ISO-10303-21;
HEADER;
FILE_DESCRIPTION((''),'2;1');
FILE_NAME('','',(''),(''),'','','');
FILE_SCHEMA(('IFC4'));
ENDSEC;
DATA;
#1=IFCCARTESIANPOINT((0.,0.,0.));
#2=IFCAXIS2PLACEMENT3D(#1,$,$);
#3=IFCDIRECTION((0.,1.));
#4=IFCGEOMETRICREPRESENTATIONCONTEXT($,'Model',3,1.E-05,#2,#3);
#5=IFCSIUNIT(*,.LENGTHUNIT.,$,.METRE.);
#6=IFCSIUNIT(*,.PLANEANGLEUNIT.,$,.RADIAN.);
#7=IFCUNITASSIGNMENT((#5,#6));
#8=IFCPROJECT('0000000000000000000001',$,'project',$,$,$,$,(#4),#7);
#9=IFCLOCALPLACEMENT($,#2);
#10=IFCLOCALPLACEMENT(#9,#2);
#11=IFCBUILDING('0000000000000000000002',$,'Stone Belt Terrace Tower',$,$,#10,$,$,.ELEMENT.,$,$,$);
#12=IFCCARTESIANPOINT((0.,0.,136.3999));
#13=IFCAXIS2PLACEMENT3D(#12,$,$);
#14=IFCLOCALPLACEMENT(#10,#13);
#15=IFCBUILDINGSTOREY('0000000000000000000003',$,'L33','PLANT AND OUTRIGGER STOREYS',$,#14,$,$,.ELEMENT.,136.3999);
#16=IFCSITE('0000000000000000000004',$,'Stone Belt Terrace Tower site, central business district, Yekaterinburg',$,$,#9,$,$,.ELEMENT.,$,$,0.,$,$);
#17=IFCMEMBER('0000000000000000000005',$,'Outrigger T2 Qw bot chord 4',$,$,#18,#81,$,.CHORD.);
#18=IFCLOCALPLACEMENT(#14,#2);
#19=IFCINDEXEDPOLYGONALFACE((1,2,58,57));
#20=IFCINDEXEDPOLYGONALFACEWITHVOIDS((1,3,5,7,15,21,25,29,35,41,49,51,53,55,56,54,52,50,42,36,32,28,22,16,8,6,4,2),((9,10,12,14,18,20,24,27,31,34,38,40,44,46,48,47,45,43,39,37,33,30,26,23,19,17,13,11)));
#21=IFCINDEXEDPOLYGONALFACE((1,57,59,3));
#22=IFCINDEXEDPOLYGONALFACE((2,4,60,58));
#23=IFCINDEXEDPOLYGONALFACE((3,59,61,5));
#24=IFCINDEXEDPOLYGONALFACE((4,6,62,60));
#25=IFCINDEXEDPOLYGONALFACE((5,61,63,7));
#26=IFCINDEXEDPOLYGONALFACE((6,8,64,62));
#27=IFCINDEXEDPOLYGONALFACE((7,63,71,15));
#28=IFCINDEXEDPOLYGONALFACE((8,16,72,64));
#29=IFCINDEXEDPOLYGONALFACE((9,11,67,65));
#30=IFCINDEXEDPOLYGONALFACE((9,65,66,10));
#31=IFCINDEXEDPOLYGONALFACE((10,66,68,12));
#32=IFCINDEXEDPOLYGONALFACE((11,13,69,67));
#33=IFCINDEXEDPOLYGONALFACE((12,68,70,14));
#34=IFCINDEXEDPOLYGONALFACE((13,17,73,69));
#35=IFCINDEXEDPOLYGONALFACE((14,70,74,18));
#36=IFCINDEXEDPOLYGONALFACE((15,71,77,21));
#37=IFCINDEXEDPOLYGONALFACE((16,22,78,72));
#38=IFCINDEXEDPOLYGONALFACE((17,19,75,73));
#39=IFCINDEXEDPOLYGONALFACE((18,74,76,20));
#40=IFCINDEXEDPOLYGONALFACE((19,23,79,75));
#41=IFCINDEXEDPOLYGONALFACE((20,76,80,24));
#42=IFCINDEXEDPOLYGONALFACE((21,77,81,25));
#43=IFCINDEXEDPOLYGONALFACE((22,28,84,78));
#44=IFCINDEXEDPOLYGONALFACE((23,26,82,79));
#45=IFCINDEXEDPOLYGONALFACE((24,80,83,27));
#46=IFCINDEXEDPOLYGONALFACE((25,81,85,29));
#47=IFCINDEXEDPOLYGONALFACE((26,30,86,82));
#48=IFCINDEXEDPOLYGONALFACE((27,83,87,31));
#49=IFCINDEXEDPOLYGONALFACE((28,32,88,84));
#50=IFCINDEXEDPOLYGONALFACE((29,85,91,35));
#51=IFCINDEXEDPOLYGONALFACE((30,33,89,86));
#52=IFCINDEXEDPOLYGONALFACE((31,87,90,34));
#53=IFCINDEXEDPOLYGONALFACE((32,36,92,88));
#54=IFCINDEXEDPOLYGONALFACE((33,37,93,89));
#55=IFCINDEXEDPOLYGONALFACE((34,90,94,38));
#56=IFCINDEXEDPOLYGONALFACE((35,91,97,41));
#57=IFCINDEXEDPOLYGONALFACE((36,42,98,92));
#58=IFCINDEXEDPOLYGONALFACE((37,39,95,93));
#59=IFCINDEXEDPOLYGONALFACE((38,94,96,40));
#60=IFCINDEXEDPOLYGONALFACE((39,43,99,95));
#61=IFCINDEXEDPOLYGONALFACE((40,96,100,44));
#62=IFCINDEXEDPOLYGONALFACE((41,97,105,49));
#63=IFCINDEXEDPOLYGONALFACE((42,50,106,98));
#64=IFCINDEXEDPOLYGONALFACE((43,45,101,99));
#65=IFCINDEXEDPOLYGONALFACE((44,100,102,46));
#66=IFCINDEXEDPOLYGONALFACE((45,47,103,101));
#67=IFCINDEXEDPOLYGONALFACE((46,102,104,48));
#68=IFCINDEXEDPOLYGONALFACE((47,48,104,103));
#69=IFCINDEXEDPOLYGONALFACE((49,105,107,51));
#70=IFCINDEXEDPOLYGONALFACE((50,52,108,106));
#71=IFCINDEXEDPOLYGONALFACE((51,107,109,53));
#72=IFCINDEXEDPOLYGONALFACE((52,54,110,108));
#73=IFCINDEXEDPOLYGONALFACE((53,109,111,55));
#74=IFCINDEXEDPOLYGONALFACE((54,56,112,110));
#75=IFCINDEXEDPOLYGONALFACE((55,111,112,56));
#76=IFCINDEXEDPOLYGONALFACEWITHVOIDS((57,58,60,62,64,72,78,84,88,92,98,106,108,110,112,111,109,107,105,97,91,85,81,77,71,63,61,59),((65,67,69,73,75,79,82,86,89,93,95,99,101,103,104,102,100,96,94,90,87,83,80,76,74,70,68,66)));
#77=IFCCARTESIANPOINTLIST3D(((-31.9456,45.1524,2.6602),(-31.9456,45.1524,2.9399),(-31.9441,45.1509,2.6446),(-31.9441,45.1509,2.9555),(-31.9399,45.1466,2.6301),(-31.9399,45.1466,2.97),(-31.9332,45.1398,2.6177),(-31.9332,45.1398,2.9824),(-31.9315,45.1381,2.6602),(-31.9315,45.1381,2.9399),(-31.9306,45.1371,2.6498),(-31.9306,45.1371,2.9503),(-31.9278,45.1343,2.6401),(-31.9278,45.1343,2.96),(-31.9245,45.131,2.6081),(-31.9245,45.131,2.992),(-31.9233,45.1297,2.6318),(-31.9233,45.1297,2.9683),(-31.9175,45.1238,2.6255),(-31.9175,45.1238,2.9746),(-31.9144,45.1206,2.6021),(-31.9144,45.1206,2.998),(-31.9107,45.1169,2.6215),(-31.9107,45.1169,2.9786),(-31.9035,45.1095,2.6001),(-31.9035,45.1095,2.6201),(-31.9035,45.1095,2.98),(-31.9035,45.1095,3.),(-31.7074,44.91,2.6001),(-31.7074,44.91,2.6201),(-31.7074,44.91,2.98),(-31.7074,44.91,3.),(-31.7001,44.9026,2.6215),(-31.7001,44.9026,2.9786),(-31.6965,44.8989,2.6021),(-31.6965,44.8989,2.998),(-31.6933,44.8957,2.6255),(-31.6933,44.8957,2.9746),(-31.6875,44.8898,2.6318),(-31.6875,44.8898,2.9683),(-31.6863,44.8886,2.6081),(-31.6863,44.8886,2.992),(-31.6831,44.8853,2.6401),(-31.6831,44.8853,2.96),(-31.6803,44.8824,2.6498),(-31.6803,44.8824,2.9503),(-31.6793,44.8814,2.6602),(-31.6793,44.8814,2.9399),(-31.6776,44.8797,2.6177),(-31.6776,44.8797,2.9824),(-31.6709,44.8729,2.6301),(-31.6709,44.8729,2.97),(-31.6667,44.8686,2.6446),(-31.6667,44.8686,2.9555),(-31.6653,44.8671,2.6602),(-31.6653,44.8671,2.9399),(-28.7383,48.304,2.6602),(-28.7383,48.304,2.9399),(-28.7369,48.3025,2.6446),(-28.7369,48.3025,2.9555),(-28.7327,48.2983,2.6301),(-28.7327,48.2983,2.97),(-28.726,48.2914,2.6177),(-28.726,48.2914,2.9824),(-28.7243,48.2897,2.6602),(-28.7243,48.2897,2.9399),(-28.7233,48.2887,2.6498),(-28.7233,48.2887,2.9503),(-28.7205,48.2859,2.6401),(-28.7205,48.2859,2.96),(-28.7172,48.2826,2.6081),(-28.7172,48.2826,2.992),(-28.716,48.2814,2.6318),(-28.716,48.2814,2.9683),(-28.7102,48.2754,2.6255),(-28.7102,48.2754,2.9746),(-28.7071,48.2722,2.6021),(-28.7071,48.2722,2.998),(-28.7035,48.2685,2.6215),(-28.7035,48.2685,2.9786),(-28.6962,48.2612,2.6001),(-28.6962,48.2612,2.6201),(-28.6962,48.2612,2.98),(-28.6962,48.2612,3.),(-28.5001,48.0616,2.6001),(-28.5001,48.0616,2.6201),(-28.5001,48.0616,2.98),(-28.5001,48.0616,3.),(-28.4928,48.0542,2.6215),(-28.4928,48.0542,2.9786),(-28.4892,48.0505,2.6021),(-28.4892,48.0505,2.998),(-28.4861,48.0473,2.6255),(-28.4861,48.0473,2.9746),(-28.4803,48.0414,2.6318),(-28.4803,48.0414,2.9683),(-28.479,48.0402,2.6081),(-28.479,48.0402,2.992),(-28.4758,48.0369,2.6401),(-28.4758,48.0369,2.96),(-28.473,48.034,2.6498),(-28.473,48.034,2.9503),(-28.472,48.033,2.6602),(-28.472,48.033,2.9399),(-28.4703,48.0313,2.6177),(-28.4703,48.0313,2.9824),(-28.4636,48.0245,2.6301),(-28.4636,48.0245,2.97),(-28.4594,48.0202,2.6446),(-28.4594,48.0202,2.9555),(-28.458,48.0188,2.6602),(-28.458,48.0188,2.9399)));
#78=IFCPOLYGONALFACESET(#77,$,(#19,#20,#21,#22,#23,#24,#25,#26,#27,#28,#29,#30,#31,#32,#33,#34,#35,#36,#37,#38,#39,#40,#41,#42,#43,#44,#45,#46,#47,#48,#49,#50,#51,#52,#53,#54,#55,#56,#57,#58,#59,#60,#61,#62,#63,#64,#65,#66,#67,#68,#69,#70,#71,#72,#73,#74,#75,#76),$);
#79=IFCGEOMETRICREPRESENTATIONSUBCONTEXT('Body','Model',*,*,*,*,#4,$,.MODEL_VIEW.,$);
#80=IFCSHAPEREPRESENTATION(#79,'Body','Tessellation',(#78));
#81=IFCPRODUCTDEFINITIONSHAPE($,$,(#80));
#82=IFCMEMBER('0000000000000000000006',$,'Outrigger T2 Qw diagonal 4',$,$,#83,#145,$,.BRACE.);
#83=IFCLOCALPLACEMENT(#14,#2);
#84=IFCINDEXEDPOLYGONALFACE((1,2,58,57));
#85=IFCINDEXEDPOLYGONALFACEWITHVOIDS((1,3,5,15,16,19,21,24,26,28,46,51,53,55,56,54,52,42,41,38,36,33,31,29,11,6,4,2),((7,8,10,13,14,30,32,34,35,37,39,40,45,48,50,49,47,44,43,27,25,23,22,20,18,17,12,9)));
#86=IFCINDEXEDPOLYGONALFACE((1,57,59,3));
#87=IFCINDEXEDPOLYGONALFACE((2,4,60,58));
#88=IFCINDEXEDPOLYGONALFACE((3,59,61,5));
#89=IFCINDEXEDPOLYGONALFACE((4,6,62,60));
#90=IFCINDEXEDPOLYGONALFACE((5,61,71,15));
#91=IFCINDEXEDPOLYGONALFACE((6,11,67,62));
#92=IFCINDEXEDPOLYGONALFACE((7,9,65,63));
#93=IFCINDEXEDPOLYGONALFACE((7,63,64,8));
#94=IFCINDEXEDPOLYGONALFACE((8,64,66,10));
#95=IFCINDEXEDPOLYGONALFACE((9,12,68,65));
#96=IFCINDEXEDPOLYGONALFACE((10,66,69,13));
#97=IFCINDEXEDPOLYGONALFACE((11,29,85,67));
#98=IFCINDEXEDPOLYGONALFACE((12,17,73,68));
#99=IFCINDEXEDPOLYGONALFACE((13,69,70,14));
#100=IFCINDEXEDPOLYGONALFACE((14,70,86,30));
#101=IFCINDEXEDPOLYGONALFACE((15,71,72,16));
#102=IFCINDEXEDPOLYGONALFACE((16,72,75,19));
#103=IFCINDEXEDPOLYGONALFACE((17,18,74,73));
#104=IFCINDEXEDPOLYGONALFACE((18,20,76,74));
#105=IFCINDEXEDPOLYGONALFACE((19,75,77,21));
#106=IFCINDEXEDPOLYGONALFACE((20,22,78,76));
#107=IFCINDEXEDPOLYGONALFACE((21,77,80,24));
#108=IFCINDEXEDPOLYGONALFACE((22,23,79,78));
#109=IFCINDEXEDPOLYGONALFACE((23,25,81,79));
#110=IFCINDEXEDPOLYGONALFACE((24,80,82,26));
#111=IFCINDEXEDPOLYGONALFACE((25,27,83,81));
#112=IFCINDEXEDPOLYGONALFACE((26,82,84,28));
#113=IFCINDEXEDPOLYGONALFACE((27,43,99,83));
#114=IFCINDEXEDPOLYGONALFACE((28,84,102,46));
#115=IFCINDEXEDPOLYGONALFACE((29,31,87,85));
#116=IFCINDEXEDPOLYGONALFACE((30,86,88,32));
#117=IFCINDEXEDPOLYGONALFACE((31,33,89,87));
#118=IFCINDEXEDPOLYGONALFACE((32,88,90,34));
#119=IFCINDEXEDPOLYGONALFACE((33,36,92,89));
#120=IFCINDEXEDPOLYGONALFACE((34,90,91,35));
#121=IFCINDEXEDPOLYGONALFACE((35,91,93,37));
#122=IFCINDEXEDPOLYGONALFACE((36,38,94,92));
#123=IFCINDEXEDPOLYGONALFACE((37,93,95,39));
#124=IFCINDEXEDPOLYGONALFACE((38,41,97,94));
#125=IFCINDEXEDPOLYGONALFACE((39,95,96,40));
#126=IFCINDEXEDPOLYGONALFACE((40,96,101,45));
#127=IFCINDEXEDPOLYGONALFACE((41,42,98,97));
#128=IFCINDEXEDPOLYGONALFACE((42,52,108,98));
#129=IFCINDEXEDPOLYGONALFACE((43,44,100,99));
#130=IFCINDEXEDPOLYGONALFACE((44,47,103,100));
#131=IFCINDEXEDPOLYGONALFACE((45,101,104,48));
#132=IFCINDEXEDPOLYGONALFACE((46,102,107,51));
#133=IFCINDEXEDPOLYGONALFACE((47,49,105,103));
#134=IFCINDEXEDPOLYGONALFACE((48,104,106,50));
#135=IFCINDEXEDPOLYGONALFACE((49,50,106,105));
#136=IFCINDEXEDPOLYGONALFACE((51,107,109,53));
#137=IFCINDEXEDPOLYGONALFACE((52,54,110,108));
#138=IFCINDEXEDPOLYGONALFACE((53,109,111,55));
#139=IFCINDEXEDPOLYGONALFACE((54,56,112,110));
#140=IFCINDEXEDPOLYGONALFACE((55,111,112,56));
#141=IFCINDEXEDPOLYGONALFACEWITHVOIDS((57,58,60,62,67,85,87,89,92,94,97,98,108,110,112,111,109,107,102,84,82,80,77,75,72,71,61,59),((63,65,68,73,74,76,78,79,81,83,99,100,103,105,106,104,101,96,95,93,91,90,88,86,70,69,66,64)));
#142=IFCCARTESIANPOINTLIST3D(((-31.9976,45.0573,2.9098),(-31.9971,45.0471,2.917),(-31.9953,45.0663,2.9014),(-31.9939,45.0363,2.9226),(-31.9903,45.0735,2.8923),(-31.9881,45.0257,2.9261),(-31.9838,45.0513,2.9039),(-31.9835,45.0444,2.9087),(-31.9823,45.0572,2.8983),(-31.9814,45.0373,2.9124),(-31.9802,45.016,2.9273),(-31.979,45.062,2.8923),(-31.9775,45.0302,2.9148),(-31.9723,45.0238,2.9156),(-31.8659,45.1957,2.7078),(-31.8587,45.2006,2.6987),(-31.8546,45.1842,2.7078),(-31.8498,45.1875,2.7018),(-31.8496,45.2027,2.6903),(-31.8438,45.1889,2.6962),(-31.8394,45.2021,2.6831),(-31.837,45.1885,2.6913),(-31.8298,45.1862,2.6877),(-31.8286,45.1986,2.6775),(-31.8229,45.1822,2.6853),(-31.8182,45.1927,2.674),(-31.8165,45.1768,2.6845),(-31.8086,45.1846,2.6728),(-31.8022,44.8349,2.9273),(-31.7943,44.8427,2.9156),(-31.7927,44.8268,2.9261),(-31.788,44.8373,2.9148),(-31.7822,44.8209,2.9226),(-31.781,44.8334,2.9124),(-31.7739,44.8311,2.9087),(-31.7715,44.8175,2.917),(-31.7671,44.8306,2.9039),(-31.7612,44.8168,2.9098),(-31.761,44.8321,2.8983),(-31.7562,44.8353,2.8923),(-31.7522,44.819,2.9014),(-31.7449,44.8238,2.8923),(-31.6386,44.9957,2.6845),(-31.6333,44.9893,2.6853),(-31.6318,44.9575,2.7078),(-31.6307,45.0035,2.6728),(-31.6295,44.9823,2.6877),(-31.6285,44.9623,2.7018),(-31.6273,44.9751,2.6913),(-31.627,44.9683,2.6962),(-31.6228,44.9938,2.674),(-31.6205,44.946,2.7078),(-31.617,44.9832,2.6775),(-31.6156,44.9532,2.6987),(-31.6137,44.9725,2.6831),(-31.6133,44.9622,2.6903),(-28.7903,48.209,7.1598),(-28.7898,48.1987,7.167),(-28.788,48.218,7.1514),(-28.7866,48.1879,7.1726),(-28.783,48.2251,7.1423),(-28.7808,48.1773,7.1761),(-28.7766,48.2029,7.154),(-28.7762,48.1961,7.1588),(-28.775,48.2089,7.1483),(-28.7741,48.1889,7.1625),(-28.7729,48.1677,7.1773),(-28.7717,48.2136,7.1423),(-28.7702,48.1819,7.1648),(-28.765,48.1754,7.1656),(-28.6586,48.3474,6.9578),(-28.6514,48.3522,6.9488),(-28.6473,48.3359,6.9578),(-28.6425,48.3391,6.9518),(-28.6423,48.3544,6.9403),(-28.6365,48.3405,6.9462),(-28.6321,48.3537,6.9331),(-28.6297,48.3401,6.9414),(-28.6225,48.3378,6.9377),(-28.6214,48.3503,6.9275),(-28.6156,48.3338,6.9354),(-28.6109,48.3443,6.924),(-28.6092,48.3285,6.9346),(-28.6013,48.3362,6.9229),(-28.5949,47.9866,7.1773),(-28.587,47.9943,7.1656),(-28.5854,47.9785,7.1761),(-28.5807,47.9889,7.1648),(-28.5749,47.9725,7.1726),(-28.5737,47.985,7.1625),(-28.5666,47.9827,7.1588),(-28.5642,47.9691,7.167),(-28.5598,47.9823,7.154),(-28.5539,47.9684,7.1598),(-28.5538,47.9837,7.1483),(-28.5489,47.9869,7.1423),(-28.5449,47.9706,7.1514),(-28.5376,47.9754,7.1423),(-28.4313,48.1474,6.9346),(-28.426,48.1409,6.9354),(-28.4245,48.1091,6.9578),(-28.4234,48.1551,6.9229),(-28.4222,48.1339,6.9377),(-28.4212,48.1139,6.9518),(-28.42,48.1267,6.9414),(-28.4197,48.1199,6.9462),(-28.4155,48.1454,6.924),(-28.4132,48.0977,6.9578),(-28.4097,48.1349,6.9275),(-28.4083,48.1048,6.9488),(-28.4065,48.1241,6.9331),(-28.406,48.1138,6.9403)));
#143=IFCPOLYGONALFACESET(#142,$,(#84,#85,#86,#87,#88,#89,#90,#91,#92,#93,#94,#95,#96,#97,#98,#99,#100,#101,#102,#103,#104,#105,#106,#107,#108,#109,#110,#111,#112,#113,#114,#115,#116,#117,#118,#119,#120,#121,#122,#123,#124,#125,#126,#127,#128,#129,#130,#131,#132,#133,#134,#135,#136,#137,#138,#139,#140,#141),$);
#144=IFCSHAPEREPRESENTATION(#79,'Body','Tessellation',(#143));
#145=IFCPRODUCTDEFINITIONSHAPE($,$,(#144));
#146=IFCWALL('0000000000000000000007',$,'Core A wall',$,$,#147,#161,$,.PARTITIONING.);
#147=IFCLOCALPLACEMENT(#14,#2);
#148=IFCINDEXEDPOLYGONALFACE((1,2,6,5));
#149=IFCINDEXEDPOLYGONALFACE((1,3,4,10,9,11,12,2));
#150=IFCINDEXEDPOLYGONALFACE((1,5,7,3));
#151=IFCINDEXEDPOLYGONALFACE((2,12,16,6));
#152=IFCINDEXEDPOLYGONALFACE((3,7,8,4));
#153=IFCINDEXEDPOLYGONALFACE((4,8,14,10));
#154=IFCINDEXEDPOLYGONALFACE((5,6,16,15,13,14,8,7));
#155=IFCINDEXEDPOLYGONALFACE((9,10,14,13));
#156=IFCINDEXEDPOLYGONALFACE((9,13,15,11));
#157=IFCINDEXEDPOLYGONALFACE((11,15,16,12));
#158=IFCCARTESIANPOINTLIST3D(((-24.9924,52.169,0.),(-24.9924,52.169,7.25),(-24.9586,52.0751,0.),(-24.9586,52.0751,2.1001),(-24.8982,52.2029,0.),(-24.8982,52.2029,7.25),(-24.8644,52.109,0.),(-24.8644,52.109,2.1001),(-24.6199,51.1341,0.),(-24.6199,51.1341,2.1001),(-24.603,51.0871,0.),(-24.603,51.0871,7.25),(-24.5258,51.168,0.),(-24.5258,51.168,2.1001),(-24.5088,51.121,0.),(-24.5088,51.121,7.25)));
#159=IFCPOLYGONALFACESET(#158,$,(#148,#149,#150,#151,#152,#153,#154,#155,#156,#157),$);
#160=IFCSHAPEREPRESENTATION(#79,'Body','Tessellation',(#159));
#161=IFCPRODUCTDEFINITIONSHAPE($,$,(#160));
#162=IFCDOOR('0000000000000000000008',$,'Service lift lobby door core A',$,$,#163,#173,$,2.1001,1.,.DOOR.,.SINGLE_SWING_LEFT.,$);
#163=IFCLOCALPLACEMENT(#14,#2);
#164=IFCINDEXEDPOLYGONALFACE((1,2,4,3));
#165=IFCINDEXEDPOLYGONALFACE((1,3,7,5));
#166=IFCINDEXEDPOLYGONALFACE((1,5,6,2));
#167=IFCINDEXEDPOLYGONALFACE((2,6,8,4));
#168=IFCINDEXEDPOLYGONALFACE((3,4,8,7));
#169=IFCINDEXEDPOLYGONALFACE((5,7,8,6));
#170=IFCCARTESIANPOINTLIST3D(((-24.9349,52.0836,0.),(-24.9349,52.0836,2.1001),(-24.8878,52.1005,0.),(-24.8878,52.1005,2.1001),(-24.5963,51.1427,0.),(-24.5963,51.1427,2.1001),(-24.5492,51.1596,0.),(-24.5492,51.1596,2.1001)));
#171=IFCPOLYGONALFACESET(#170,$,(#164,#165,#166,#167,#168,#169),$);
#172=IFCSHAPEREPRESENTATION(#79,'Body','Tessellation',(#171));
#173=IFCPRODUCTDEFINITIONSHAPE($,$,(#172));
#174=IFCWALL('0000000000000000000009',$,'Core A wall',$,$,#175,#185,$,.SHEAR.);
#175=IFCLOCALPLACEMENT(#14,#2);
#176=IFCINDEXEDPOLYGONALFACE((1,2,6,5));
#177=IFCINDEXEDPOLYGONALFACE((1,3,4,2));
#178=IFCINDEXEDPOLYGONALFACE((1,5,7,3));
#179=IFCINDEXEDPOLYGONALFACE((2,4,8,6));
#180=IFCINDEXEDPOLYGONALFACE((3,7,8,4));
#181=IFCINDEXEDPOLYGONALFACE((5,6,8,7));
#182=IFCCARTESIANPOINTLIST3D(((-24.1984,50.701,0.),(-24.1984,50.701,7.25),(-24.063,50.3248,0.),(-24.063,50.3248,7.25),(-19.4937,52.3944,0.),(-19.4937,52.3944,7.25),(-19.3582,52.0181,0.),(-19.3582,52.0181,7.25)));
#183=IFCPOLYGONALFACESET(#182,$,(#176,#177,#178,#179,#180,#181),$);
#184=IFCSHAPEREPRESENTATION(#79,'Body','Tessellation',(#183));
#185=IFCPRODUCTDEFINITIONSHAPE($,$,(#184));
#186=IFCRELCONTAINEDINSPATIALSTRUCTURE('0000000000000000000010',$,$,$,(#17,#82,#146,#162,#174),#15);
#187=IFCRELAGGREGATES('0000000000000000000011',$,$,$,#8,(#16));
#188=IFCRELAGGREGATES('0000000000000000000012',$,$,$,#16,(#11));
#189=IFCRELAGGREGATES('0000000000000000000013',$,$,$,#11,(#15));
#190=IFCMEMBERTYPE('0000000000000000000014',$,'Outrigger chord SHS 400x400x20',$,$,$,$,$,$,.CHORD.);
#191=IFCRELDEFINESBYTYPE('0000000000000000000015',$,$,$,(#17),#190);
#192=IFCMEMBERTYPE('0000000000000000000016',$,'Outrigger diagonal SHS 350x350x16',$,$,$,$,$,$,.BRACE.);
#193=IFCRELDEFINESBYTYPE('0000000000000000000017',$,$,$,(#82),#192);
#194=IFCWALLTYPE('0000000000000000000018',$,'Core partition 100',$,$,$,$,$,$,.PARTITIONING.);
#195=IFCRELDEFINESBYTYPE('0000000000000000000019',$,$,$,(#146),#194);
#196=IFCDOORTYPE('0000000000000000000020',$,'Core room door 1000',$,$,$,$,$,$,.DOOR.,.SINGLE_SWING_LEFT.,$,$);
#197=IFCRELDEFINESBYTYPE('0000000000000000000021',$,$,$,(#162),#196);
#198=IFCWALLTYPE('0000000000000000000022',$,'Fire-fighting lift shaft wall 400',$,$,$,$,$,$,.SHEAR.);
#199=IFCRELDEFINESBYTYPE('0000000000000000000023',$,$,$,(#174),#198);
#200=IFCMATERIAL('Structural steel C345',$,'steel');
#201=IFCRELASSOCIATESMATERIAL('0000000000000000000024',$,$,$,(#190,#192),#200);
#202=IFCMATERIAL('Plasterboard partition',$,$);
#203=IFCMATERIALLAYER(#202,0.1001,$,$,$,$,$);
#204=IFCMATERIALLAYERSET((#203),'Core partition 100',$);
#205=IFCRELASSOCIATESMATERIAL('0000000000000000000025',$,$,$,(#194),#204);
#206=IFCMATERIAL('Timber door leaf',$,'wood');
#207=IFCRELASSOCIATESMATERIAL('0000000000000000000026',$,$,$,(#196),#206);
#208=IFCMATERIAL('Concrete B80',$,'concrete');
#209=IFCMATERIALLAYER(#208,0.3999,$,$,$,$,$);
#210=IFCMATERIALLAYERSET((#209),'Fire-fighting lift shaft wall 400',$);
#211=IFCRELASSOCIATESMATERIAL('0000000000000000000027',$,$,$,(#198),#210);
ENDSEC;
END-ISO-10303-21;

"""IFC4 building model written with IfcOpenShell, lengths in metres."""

from ifc_helpers import new_model, si_unit, direction, frame, frame_2d, origin, origin_2d, place, context, subcontext, project, spatial, rectangle, hollow_rectangle, extrude, material, layer, layer_set, material_profile, profile_set, type_object, element, fill, save


model = new_model("IFC4")

# Units and contexts
model_context = context("Model", 3, precision=1e-05, world=origin(), true_north=direction((0.0, 1.0)))
body_context = subcontext(model_context, "Body", "Model", "MODEL_VIEW")
ifc_project = project(units=[si_unit("LENGTHUNIT", "METRE"), si_unit("PLANEANGLEUNIT", "RADIAN")], contexts=[model_context])

# Site, building, storey
site_placement = place(None, origin())
site = spatial("IfcSite", under=ifc_project, at=site_placement, Name="Stone Belt Terrace Tower site, central business district, Yekaterinburg", CompositionType="ELEMENT", RefElevation=0.0)
building_placement = place(site_placement, origin())
building = spatial("IfcBuilding", under=site, at=building_placement, Name="Stone Belt Terrace Tower", CompositionType="ELEMENT")
storey_placement = place(building_placement, frame((0.0, 0.0, 136.3999)))
storey = spatial("IfcBuildingStorey", under=building, at=storey_placement, Name="L33", Description="PLANT AND OUTRIGGER STOREYS", CompositionType="ELEMENT", Elevation=136.3999)

# Members
ifc_material_1 = material(Name="Structural steel C345", Category="steel")
ifc_material_profile_1 = material_profile(ifc_material_1, hollow_rectangle(XDim=0.3999, YDim=0.3999, WallThickness=0.02, InnerFilletRadius=0.04, OuterFilletRadius=0.0601, at=origin_2d()), Name="SHS 400x400x20")
ifc_profile_set_1 = profile_set([ifc_material_profile_1], Name="Structural steel C345")
member_type_1 = type_object("IfcMemberType", Name="Outrigger chord SHS 400x400x20", PredefinedType="CHORD", material=ifc_profile_set_1)
member_1_placement = place(storey_placement, frame((-31.8054, 45.0098, 2.8), z_axis=(0.713269, 0.70089, 0.0), x_axis=(-0.70089, 0.713269, 0.0)))
element("IfcMember", 1, at=member_1_placement, inside=storey, type_object=member_type_1, Name="Outrigger T2 Qw bot chord 4", PredefinedType="CHORD", context=body_context, shape_type="SweptSolid", body=[
    extrude(hollow_rectangle(XDim=0.3999, YDim=0.3999, WallThickness=0.02, InnerFilletRadius=0.04, OuterFilletRadius=0.0601, at=origin_2d()), origin(), (0.0, 0.0, 1.0), 4.4966),
])
ifc_material_profile_2 = material_profile(ifc_material_1, hollow_rectangle(XDim=0.3501, YDim=0.3501, WallThickness=0.0161, InnerFilletRadius=0.032, OuterFilletRadius=0.0481, at=origin_2d()), Name="SHS 350x350x16")
ifc_profile_set_2 = profile_set([ifc_material_profile_2], Name="Structural steel C345")
member_type_2 = type_object("IfcMemberType", Name="Outrigger diagonal SHS 350x350x16", PredefinedType="BRACE", material=ifc_profile_set_2)
member_2_placement = place(storey_placement, frame((-31.8054, 45.0098, 2.8), z_axis=(0.51837, 0.509374, 0.686899), x_axis=(-0.70089, 0.713269, 0.0)))
element("IfcMember", 2, at=member_2_placement, inside=storey, type_object=member_type_2, Name="Outrigger T2 Qw diagonal 4", PredefinedType="BRACE", context=body_context, shape_type="SweptSolid", body=[
    extrude(hollow_rectangle(XDim=0.3501, YDim=0.3501, WallThickness=0.0161, InnerFilletRadius=0.032, OuterFilletRadius=0.0481, at=origin_2d()), origin(), (0.0, 0.0, 1.0), 6.1873),
])

# Wall, opening, door
ifc_material_2 = material(Name="Plasterboard partition")
ifc_layer_1 = layer(ifc_material_2, 0.1001)
ifc_layer_set_1 = layer_set([ifc_layer_1], Name="Core partition 100")
wall_type_1 = type_object("IfcWallType", Name="Core partition 100", PredefinedType="PARTITIONING", material=ifc_layer_set_1)
wall_1_placement = place(storey_placement, frame((-24.5559, 51.104, 0.0), z_axis=(0.0, 0.0, 1.0), x_axis=(-0.338622, 0.940923, 0.0)))
wall_1 = element("IfcWall", 3, at=wall_1_placement, inside=storey, type_object=wall_type_1, Name="Core A wall", PredefinedType="PARTITIONING", context=body_context, shape_type="SweptSolid", body=[
    extrude(rectangle(XDim=1.1499, YDim=0.1001, at=frame_2d((0.575, 0.0))), origin(), (0.0, 0.0, 1.0), 7.25),
])
opening_1_placement = place(wall_1_placement, frame((0.05, 0.0, 0.0)))
opening_1 = element("IfcOpeningElement", 4, at=opening_1_placement, cuts=wall_1, PredefinedType="OPENING", context=body_context, shape_type="SweptSolid", body=[
    extrude(rectangle(XDim=1.0, YDim=2.1001, at=frame_2d((0.5, 1.05))), frame((0.0, 0.0601, 0.0), z_axis=(0.0, -1.0, 0.0), x_axis=(1.0, 0.0, 0.0)), (0.0, 0.0, 1.0), 0.1201),
])
ifc_material_3 = material(Name="Timber door leaf", Category="wood")
door_type_1 = type_object("IfcDoorType", Name="Core room door 1000", OperationType="SINGLE_SWING_LEFT", PredefinedType="DOOR", material=ifc_material_3)
door_1_placement = place(opening_1_placement, origin())
door_1 = element("IfcDoor", 5, at=door_1_placement, inside=storey, type_object=door_type_1, Name="Service lift lobby door core A", OperationType="SINGLE_SWING_LEFT", OverallHeight=2.1001, OverallWidth=1.0, PredefinedType="DOOR", context=body_context, shape_type="SweptSolid", body=[
    extrude(rectangle(XDim=1.0, YDim=2.1001, at=frame_2d((0.5, 1.05))), frame((0.0, 0.0249, 0.0), z_axis=(0.0, -1.0, 0.0), x_axis=(1.0, 0.0, 0.0)), (0.0, 0.0, 1.0), 0.05),
])
fill(opening_1, door_1)

# Wall
ifc_material_4 = material(Name="Concrete B80", Category="concrete")
ifc_layer_2 = layer(ifc_material_4, 0.3999)
ifc_layer_set_2 = layer_set([ifc_layer_2], Name="Fire-fighting lift shaft wall 400")
wall_type_2 = type_object("IfcWallType", Name="Fire-fighting lift shaft wall 400", PredefinedType="SHEAR", material=ifc_layer_set_2)
wall_2_placement = place(storey_placement, frame((-24.1306, 50.5129, 0.0), z_axis=(0.0, 0.0, 1.0), x_axis=(0.940912, 0.338652, 0.0)))
element("IfcWall", 6, at=wall_2_placement, inside=storey, type_object=wall_type_2, Name="Core A wall", PredefinedType="SHEAR", context=body_context, shape_type="SweptSolid", body=[
    extrude(rectangle(XDim=5.0002, YDim=0.3999, at=frame_2d((2.5, 0.0))), origin(), (0.0, 0.0, 1.0), 7.25),
])

save(model, "model.ifc")
